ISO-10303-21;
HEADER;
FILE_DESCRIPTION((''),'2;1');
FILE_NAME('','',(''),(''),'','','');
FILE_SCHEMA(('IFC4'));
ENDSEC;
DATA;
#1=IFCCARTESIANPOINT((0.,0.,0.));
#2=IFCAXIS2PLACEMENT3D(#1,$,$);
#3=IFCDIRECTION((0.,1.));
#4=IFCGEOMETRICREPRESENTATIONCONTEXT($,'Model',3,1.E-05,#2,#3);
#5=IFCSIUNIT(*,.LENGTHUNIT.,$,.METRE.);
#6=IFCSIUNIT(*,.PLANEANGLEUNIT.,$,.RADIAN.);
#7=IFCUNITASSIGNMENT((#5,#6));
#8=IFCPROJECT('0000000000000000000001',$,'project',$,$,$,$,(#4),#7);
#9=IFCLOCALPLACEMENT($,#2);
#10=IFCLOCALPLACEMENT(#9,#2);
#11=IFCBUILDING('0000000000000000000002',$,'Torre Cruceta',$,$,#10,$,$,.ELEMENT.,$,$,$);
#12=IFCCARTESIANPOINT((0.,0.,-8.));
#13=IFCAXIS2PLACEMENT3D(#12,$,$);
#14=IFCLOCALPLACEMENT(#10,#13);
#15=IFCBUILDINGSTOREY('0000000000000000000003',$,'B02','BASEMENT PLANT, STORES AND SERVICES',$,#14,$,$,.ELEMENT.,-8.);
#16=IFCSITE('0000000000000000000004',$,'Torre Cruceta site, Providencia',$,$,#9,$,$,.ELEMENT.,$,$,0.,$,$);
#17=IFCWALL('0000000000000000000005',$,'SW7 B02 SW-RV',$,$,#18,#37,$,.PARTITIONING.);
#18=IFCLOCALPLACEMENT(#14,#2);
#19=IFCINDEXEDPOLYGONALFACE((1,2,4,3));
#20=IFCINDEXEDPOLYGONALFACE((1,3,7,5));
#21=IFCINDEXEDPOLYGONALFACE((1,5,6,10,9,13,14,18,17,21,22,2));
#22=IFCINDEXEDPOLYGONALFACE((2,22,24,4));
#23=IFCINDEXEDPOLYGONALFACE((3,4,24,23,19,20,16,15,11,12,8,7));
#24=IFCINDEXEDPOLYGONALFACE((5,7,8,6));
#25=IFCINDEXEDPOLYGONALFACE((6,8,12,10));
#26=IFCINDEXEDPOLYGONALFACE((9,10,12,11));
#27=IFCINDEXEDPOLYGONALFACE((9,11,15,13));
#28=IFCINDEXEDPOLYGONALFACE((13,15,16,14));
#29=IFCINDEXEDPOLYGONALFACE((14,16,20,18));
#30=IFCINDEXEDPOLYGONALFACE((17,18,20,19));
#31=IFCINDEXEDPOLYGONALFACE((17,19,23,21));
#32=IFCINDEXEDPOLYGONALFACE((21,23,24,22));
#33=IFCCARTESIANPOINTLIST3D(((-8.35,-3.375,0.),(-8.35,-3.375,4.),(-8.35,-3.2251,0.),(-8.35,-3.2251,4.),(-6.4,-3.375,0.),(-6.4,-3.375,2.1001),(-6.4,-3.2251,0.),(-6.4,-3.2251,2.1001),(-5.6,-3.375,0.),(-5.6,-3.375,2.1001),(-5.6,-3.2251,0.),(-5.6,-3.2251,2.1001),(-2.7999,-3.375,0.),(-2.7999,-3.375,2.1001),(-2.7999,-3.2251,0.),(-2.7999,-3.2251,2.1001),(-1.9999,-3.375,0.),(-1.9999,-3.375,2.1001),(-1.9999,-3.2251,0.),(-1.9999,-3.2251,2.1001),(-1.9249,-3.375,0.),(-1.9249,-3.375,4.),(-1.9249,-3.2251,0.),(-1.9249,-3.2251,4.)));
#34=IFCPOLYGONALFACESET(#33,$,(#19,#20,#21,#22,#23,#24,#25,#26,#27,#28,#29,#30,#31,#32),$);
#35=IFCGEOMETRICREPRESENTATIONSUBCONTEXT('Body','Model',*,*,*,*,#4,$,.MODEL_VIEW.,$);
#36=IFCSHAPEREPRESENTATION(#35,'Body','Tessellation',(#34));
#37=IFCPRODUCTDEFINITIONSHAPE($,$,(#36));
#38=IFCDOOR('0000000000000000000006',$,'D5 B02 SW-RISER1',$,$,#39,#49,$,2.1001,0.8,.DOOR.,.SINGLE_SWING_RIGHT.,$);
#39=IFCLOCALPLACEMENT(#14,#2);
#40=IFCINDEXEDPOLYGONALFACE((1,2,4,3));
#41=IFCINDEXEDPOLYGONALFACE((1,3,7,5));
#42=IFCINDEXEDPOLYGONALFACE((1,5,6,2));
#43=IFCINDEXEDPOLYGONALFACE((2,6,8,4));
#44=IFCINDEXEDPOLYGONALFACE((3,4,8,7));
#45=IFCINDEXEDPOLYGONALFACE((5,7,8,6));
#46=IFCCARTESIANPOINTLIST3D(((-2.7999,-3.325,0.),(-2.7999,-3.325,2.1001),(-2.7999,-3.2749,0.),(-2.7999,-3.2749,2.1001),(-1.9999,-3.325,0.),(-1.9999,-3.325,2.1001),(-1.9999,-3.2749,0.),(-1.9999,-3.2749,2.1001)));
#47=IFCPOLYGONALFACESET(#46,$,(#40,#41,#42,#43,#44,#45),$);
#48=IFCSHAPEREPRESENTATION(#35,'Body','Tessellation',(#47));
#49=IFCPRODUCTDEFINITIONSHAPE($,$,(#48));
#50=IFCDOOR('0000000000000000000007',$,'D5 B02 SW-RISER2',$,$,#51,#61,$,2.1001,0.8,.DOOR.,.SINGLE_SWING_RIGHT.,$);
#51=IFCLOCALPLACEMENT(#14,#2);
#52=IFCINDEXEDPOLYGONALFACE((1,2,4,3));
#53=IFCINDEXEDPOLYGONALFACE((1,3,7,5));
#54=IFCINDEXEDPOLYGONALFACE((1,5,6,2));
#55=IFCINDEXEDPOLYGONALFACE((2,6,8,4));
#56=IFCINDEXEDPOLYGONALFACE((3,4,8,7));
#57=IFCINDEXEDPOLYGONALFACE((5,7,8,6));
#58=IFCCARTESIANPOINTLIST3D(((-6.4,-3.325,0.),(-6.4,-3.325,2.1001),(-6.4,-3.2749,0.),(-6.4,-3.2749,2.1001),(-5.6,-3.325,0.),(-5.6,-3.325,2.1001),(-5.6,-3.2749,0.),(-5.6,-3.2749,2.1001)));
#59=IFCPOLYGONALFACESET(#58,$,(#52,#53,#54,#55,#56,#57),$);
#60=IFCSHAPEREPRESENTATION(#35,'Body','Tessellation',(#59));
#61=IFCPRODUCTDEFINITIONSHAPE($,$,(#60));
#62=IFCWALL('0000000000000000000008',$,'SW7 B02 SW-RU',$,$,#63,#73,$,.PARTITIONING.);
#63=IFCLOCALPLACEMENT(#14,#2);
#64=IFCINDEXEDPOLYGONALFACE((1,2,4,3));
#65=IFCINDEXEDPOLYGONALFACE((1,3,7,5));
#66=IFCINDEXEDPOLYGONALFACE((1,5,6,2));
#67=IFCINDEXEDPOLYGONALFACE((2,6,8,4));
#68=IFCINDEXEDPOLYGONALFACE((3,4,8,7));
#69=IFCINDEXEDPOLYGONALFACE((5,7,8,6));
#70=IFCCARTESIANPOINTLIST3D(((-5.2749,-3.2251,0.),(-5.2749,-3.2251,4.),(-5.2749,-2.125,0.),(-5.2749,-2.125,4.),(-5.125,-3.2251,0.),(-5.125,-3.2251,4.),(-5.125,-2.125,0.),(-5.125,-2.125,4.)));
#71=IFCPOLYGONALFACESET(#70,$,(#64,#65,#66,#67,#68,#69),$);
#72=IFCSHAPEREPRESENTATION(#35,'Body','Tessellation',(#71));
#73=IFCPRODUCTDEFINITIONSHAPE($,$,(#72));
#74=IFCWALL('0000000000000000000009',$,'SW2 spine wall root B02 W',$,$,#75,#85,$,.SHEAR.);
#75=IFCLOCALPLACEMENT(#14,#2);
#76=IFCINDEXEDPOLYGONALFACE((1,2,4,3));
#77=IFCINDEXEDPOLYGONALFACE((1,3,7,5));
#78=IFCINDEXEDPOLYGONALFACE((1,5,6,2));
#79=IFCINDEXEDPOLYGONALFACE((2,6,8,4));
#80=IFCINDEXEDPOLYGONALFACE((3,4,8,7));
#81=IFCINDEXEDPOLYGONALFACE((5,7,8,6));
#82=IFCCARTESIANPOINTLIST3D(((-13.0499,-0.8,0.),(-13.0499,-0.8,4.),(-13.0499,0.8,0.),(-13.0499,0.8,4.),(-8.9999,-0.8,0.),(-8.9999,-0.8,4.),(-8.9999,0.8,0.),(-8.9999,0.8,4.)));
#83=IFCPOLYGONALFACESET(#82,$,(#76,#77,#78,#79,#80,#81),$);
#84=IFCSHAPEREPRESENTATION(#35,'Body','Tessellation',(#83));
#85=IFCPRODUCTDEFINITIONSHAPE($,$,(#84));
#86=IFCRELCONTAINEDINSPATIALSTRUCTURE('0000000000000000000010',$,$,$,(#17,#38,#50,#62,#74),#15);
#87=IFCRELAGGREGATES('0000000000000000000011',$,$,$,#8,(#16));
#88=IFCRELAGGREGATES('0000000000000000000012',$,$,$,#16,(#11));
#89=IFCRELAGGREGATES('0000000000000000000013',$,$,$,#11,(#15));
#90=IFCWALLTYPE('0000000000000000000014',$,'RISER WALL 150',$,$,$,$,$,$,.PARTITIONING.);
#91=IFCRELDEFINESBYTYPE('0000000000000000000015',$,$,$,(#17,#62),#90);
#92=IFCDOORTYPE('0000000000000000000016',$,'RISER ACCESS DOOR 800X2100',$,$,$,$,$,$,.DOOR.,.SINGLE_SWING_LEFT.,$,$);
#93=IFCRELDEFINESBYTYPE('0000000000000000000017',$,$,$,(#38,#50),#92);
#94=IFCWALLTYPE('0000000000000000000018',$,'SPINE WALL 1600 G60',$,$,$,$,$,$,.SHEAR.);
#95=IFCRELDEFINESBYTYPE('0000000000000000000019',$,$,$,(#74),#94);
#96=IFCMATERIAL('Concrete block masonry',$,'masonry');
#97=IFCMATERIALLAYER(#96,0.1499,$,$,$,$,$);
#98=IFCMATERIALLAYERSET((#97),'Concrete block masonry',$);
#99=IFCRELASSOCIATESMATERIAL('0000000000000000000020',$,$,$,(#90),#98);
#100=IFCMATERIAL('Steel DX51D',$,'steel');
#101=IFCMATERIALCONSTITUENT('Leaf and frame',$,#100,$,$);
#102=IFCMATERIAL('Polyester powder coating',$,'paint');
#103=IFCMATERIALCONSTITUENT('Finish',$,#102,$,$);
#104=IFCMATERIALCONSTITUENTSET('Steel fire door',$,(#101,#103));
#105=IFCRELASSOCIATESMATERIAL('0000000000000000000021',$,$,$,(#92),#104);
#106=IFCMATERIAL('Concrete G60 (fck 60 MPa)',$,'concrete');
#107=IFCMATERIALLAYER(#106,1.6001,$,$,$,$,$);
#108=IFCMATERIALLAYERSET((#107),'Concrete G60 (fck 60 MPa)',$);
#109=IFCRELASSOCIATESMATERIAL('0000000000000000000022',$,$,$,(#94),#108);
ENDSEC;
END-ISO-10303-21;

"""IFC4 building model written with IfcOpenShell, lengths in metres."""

from ifc_helpers import new_model, si_unit, direction, frame, frame_2d, origin, place, context, subcontext, project, spatial, rectangle, extrude, material, layer, layer_set, constituent, constituent_set, type_object, element, fill, save


model = new_model("IFC4")

# Units and contexts
model_context = context("Model", 3, precision=1e-05, world=origin(), true_north=direction((0.0, 1.0)))
body_context = subcontext(model_context, "Body", "Model", "MODEL_VIEW")
ifc_project = project(units=[si_unit("LENGTHUNIT", "METRE"), si_unit("PLANEANGLEUNIT", "RADIAN")], contexts=[model_context])

# Site, building, storey
site_placement = place(None, origin())
site = spatial("IfcSite", under=ifc_project, at=site_placement, Name="Torre Cruceta site, Providencia", CompositionType="ELEMENT", RefElevation=0.0)
building_placement = place(site_placement, origin())
building = spatial("IfcBuilding", under=site, at=building_placement, Name="Torre Cruceta", CompositionType="ELEMENT")
storey_placement = place(building_placement, frame((0.0, 0.0, -8.0)))
storey = spatial("IfcBuildingStorey", under=building, at=storey_placement, Name="B02", Description="BASEMENT PLANT, STORES AND SERVICES", CompositionType="ELEMENT", Elevation=-8.0)

# Wall, openings, doors
ifc_material_1 = material(Name="Concrete block masonry", Category="masonry")
ifc_layer_1 = layer(ifc_material_1, 0.1499)
ifc_layer_set_1 = layer_set([ifc_layer_1], Name="Concrete block masonry")
wall_type_1 = type_object("IfcWallType", Name="RISER WALL 150", PredefinedType="PARTITIONING", material=ifc_layer_set_1)
wall_1_placement = place(storey_placement, frame((-1.925, -3.3, 0.0), z_axis=(0.0, 0.0, 1.0), x_axis=(-1.0, 0.0, 0.0)))
wall_1 = element("IfcWall", 1, at=wall_1_placement, inside=storey, type_object=wall_type_1, Name="SW7 B02 SW-RV", PredefinedType="PARTITIONING", context=body_context, shape_type="SweptSolid", body=[
    extrude(rectangle(XDim=6.425, YDim=0.1499, at=frame_2d((3.2124, 0.0))), origin(), (0.0, 0.0, 1.0), 4.0),
])
opening_1_placement = place(wall_1_placement, frame((0.075, 0.0, 0.0)))
opening_1 = element("IfcOpeningElement", 2, at=opening_1_placement, cuts=wall_1, PredefinedType="OPENING", context=body_context, shape_type="SweptSolid", body=[
    extrude(rectangle(XDim=0.8, YDim=2.1001, at=frame_2d((0.3999, 1.05))), frame((0.0, 0.085, 0.0), z_axis=(0.0, -1.0, 0.0), x_axis=(1.0, 0.0, 0.0)), (0.0, 0.0, 1.0), 0.1699),
])
opening_2_placement = place(wall_1_placement, frame((3.675, 0.0, 0.0)))
opening_2 = element("IfcOpeningElement", 3, at=opening_2_placement, cuts=wall_1, PredefinedType="OPENING", context=body_context, shape_type="SweptSolid", body=[
    extrude(rectangle(XDim=0.8, YDim=2.1001, at=frame_2d((0.3999, 1.05))), frame((0.0, 0.085, 0.0), z_axis=(0.0, -1.0, 0.0), x_axis=(1.0, 0.0, 0.0)), (0.0, 0.0, 1.0), 0.1699),
])
ifc_material_2 = material(Name="Steel DX51D", Category="steel")
ifc_constituent_1 = constituent(ifc_material_2, Name="Leaf and frame")
ifc_material_3 = material(Name="Polyester powder coating", Category="paint")
ifc_constituent_2 = constituent(ifc_material_3, Name="Finish")
ifc_constituent_set_1 = constituent_set(constituents=[ifc_constituent_1, ifc_constituent_2], Name="Steel fire door")
door_type_1 = type_object("IfcDoorType", Name="RISER ACCESS DOOR 800X2100", OperationType="SINGLE_SWING_LEFT", PredefinedType="DOOR", material=ifc_constituent_set_1)
door_1_placement = place(opening_1_placement, frame((0.8, 0.0, 0.0), z_axis=(0.0, 0.0, 1.0), x_axis=(-1.0, 0.0, 0.0)))
door_1 = element("IfcDoor", 4, at=door_1_placement, inside=storey, type_object=door_type_1, Name="D5 B02 SW-RISER1", OperationType="SINGLE_SWING_RIGHT", OverallHeight=2.1001, OverallWidth=0.8, PredefinedType="DOOR", context=body_context, shape_type="SweptSolid", body=[
    extrude(rectangle(XDim=0.8, YDim=2.1001, at=frame_2d((0.4001, 1.05))), frame((0.0, 0.0251, 0.0), z_axis=(0.0, -1.0, 0.0), x_axis=(1.0, 0.0, 0.0)), (0.0, 0.0, 1.0), 0.05),
])
fill(opening_1, door_1)
door_2_placement = place(opening_2_placement, frame((0.8, 0.0, 0.0), z_axis=(0.0, 0.0, 1.0), x_axis=(-1.0, 0.0, 0.0)))
door_2 = element("IfcDoor", 5, at=door_2_placement, inside=storey, type_object=door_type_1, Name="D5 B02 SW-RISER2", OperationType="SINGLE_SWING_RIGHT", OverallHeight=2.1001, OverallWidth=0.8, PredefinedType="DOOR", context=body_context, shape_type="SweptSolid", body=[
    extrude(rectangle(XDim=0.8, YDim=2.1001, at=frame_2d((0.4001, 1.05))), frame((0.0, 0.0251, 0.0), z_axis=(0.0, -1.0, 0.0), x_axis=(1.0, 0.0, 0.0)), (0.0, 0.0, 1.0), 0.05),
])
fill(opening_2, door_2)

# Walls
wall_2_placement = place(storey_placement, frame((-5.2, -2.125, 0.0), z_axis=(0.0, 0.0, 1.0), x_axis=(0.0, -1.0, 0.0)))
element("IfcWall", 6, at=wall_2_placement, inside=storey, type_object=wall_type_1, Name="SW7 B02 SW-RU", PredefinedType="PARTITIONING", context=body_context, shape_type="SweptSolid", body=[
    extrude(rectangle(XDim=1.1001, YDim=0.1499, at=frame_2d((0.55, 0.0))), origin(), (0.0, 0.0, 1.0), 4.0),
])
ifc_material_4 = material(Name="Concrete G60 (fck 60 MPa)", Category="concrete")
ifc_layer_2 = layer(ifc_material_4, 1.6001)
ifc_layer_set_2 = layer_set([ifc_layer_2], Name="Concrete G60 (fck 60 MPa)")
wall_type_2 = type_object("IfcWallType", Name="SPINE WALL 1600 G60", PredefinedType="SHEAR", material=ifc_layer_set_2)
wall_3_placement = place(storey_placement, frame((-9.0, 0.0, 0.0), z_axis=(0.0, 0.0, 1.0), x_axis=(-1.0, 0.0, 0.0)))
element("IfcWall", 7, at=wall_3_placement, inside=storey, type_object=wall_type_2, Name="SW2 spine wall root B02 W", PredefinedType="SHEAR", context=body_context, shape_type="SweptSolid", body=[
    extrude(rectangle(XDim=4.05, YDim=1.6001, at=frame_2d((2.0249, 0.0))), origin(), (0.0, 0.0, 1.0), 4.0),
])

save(model, "model.ifc")
